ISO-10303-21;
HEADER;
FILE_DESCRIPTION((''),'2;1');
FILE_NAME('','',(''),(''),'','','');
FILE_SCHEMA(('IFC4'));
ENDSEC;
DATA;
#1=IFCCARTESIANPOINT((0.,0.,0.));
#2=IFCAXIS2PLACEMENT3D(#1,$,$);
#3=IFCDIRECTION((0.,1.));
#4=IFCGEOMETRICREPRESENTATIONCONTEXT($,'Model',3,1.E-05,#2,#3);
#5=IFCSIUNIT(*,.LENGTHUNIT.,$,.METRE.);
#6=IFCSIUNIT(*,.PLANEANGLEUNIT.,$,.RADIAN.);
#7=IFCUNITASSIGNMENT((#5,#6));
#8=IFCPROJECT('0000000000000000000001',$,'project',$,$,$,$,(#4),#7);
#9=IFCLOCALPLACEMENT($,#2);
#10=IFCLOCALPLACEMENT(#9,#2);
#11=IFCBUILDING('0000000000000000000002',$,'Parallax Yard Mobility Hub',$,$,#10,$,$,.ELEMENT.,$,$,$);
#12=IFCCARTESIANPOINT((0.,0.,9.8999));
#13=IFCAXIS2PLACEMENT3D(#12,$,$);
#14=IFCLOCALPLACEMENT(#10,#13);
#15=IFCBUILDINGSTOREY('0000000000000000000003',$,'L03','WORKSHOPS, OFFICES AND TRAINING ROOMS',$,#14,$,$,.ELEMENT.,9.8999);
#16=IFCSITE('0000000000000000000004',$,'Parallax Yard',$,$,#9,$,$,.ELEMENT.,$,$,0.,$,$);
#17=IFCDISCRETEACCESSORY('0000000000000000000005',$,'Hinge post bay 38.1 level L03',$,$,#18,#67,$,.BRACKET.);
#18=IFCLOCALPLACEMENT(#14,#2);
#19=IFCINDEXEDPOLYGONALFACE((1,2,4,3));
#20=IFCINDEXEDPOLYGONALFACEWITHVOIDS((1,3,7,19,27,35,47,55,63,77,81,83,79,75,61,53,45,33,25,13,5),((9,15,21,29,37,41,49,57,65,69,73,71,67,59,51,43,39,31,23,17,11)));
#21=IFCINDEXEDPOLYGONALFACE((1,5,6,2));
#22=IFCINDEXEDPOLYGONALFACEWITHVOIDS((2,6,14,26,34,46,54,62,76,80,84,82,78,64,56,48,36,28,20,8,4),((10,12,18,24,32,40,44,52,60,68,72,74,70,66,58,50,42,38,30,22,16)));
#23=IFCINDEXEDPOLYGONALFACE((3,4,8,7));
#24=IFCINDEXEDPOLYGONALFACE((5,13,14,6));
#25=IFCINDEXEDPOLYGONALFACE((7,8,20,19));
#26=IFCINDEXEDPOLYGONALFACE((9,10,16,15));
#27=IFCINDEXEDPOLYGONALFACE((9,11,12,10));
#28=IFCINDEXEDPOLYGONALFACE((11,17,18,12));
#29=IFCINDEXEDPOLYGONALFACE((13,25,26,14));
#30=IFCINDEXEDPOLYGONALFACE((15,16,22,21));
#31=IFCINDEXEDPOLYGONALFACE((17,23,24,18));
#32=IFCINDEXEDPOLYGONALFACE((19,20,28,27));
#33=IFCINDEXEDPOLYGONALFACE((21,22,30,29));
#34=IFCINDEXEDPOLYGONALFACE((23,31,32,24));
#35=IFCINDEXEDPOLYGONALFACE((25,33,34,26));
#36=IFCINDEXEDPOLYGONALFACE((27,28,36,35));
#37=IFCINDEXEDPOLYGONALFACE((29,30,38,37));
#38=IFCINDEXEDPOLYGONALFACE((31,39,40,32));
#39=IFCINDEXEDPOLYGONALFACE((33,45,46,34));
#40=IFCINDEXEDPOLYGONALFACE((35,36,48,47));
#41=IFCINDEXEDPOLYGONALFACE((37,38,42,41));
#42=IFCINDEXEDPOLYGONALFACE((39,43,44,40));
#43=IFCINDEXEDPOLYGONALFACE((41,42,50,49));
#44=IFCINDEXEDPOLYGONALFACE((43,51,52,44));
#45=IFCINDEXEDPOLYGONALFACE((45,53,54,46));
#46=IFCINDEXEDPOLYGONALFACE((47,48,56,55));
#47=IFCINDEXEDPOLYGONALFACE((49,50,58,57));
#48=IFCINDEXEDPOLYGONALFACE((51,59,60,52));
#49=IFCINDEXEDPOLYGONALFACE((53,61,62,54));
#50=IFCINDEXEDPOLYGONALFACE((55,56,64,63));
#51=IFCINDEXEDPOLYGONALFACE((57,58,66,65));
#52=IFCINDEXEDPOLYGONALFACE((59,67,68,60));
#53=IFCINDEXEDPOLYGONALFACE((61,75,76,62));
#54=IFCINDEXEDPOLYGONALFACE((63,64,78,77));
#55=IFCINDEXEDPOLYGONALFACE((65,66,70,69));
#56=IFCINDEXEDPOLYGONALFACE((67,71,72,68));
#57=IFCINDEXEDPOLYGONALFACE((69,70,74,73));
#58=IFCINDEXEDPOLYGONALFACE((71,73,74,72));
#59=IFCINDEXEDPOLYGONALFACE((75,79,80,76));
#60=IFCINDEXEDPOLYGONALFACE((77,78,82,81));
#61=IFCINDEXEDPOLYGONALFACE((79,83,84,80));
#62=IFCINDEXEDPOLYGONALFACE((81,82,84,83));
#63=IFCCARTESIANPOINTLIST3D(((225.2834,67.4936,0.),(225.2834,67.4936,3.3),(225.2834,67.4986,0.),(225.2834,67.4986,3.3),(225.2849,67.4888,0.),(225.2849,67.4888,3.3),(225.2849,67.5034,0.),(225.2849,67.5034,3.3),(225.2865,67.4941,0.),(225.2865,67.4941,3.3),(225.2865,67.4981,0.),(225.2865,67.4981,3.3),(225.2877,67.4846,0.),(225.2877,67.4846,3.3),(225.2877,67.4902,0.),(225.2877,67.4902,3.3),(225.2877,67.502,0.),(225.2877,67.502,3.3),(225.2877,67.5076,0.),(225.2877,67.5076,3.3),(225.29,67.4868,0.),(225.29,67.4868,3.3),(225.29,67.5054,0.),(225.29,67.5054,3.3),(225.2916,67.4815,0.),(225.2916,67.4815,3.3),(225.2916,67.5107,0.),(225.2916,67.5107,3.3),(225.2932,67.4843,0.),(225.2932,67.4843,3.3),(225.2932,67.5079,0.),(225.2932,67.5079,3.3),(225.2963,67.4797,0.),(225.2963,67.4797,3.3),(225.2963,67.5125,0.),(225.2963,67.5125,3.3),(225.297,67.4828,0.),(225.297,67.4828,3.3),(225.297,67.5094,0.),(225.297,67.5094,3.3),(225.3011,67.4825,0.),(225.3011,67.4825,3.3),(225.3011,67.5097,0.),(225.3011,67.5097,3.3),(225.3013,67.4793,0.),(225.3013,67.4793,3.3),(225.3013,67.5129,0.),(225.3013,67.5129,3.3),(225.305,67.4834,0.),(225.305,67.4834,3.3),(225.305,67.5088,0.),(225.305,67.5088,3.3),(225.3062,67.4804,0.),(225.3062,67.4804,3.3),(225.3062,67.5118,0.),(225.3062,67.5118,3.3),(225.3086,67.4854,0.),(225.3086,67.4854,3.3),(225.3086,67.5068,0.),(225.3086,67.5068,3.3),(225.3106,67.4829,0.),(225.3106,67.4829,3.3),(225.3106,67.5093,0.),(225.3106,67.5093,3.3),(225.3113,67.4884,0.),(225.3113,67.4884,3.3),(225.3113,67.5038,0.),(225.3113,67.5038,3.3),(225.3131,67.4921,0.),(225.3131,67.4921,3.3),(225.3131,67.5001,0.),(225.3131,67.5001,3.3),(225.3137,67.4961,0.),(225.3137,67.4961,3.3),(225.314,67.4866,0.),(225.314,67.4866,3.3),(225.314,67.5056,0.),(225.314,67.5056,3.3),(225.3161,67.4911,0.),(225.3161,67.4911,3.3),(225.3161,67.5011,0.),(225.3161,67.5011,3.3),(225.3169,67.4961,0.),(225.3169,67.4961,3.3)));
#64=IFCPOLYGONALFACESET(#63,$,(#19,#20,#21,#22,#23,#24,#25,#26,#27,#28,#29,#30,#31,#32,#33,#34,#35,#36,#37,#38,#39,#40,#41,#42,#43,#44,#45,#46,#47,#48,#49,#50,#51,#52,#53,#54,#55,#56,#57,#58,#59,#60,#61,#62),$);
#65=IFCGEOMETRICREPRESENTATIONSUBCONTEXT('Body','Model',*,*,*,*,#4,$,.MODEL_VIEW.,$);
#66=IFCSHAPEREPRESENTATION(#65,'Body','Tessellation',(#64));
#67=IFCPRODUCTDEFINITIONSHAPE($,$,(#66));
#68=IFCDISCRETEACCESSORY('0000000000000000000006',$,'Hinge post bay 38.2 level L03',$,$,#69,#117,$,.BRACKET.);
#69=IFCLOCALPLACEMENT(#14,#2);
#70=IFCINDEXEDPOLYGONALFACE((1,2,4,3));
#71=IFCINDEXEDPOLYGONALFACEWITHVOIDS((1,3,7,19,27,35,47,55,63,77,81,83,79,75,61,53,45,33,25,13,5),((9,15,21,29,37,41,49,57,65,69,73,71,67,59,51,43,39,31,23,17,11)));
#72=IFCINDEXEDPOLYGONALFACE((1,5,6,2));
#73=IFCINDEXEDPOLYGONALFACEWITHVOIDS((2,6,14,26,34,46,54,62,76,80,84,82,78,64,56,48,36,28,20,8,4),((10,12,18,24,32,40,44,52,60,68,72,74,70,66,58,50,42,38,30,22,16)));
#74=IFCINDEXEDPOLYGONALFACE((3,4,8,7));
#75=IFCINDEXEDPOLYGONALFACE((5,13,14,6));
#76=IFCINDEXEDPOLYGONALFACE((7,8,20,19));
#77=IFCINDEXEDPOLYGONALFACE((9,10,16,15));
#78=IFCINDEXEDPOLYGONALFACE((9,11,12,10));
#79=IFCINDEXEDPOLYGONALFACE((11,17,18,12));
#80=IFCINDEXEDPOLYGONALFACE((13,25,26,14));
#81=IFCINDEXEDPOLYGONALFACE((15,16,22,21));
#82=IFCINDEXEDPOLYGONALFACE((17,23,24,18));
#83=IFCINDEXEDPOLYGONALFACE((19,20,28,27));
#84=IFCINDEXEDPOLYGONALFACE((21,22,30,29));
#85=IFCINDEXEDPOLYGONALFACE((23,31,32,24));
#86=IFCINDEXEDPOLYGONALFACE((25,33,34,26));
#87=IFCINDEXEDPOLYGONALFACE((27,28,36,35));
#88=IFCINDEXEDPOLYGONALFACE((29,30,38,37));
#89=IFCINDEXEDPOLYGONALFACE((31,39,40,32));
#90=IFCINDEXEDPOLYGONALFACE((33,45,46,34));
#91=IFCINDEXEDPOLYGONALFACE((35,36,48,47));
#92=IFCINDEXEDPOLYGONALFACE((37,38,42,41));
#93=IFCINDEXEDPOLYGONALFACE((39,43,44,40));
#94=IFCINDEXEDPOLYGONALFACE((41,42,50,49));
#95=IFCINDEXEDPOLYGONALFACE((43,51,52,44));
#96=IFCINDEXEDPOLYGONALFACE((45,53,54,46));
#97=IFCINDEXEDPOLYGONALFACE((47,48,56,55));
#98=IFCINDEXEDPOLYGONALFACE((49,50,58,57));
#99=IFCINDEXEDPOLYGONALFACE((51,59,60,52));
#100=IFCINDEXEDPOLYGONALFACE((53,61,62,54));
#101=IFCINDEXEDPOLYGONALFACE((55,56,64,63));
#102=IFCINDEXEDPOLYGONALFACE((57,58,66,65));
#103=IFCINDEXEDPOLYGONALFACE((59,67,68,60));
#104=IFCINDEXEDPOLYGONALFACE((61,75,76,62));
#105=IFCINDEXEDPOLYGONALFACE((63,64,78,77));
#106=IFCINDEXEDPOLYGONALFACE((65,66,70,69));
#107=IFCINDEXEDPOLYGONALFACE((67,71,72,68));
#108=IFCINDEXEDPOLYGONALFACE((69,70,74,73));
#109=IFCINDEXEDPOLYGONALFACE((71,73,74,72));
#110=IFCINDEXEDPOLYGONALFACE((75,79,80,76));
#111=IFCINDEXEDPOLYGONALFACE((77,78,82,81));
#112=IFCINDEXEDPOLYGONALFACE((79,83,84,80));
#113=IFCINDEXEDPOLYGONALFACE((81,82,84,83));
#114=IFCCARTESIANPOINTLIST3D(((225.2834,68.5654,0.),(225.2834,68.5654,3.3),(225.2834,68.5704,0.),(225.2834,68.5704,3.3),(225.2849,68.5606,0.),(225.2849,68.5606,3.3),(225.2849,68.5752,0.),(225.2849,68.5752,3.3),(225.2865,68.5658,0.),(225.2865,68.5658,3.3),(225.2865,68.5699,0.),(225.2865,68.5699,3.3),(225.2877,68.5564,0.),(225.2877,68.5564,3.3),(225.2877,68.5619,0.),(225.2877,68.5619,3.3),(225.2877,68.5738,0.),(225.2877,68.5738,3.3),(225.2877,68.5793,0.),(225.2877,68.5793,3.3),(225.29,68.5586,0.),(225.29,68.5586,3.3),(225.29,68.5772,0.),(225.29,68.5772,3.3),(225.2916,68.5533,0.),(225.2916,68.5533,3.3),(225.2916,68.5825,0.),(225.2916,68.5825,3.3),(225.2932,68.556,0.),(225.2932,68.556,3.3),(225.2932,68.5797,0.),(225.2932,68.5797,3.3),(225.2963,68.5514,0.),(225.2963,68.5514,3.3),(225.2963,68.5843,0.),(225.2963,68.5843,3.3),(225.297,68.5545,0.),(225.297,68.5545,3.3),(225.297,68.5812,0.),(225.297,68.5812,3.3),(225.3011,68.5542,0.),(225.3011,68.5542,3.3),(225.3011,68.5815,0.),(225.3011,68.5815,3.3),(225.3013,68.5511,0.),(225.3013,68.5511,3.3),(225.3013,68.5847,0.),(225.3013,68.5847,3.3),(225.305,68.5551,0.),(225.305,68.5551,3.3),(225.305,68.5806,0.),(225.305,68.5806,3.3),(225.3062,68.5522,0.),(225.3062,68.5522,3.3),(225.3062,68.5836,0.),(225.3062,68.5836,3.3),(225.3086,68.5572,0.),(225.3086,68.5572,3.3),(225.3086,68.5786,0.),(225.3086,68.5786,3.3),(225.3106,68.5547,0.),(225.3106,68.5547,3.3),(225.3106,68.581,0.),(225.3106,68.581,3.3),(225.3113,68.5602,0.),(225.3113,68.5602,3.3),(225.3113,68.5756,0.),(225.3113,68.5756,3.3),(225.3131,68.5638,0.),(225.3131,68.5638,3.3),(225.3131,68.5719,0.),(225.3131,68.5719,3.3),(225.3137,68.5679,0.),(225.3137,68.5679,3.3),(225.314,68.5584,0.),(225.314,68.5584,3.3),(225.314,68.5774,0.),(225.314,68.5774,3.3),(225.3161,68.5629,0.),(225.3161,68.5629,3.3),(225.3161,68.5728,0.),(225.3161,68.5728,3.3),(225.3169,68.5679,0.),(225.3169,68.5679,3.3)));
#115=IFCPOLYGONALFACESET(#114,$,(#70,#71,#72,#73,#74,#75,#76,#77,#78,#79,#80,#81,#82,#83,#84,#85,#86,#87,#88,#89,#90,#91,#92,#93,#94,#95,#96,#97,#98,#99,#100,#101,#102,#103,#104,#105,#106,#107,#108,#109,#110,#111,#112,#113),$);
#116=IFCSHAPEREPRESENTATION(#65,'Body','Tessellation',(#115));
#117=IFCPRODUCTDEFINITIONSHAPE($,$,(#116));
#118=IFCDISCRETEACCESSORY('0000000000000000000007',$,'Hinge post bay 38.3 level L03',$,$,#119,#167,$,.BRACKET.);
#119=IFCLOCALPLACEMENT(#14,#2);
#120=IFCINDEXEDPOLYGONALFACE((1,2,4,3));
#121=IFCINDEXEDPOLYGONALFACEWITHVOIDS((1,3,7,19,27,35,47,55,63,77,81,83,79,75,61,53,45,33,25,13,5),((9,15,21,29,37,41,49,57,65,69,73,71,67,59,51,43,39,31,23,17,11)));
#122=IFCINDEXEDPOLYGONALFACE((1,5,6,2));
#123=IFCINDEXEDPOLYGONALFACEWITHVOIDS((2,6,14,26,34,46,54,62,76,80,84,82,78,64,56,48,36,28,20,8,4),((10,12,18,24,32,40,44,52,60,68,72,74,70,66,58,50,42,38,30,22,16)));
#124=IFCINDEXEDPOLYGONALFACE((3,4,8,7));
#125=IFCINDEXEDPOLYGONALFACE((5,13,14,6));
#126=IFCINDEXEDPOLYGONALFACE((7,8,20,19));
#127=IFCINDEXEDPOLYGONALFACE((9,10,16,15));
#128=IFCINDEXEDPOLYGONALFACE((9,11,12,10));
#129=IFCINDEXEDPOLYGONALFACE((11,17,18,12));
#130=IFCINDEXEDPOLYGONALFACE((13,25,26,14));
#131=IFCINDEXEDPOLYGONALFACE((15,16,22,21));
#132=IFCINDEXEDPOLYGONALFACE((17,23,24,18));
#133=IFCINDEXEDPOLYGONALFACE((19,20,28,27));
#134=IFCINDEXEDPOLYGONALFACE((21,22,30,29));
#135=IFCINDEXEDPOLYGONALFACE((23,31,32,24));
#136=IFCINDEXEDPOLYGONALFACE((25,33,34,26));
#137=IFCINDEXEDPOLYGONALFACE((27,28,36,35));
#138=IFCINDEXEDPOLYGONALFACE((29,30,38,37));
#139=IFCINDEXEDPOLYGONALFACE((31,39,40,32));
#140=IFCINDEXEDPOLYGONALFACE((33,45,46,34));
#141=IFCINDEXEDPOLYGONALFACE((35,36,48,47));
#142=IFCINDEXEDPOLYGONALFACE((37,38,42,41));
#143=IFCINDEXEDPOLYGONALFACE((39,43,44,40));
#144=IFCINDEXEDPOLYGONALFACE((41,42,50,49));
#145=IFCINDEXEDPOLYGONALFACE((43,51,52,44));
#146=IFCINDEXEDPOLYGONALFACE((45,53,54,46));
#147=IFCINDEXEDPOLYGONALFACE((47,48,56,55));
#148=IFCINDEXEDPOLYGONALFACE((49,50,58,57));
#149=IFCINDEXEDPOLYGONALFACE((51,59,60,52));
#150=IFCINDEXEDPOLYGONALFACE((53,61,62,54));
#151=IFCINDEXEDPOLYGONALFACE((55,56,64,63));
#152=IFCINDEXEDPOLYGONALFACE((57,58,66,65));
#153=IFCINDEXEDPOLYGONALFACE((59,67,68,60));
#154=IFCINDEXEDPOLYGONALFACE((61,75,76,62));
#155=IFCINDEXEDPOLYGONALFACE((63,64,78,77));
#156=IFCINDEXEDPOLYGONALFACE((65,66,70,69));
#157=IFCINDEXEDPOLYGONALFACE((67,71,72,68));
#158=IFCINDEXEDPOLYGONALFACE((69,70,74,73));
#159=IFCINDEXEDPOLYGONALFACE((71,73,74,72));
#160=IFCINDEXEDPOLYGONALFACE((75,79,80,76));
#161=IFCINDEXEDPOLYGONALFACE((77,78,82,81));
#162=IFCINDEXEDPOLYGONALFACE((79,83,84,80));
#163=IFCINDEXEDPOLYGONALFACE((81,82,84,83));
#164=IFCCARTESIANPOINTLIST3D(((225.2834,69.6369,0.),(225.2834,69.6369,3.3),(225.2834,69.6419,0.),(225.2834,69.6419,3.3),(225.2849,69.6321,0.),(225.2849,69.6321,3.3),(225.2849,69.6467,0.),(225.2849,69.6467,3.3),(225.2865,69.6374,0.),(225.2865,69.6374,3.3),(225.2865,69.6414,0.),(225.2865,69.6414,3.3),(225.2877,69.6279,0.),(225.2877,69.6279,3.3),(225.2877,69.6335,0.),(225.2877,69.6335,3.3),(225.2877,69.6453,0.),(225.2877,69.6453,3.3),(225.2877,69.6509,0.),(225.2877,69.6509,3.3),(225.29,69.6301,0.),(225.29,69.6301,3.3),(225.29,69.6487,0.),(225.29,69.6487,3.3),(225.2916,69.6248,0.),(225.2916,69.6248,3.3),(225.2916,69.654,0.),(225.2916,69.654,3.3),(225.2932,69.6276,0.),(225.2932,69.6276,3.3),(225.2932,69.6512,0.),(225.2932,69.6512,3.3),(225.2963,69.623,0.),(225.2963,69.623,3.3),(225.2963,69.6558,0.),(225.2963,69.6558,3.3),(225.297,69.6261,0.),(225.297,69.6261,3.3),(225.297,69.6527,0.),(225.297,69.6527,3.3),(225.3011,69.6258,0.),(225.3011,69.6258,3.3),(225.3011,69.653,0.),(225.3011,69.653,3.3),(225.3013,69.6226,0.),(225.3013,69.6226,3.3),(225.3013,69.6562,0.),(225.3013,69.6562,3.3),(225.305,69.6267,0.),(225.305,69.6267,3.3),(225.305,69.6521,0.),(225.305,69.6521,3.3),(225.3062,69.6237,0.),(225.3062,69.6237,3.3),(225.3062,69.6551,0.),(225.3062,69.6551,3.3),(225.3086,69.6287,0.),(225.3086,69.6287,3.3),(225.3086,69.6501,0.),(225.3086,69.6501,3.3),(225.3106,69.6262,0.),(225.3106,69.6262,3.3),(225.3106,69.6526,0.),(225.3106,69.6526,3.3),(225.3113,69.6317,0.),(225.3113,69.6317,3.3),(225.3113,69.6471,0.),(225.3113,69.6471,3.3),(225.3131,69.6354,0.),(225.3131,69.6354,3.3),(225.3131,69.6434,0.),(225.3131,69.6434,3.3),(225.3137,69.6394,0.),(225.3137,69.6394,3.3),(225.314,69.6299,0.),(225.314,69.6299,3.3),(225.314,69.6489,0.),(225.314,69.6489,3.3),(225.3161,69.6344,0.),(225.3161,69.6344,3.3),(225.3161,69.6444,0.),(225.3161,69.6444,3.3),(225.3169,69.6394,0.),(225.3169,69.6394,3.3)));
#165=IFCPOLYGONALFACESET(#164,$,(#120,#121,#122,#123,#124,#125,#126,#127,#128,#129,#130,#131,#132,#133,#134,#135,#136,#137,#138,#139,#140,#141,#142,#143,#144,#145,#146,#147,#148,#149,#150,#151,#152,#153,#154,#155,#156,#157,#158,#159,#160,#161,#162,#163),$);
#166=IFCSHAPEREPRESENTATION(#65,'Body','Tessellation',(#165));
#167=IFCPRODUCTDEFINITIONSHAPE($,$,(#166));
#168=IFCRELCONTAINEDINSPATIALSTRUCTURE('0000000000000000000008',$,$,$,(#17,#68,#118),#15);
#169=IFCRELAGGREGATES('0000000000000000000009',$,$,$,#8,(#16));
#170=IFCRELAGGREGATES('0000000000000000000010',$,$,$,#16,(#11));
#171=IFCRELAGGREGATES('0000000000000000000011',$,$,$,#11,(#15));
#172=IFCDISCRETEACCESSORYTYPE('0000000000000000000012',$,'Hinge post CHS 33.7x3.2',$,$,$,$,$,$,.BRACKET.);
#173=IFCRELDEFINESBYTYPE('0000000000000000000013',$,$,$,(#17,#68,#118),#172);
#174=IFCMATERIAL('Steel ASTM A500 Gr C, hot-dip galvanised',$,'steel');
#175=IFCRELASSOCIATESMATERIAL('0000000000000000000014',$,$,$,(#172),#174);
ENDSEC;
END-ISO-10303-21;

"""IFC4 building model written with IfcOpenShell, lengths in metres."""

from ifc_helpers import new_model, si_unit, direction, frame, origin, origin_2d, place, context, subcontext, project, spatial, hollow_circle, extrude, material, material_profile, profile_set, type_object, element, save


model = new_model("IFC4")

# Units and contexts
model_context = context("Model", 3, precision=1e-05, world=origin(), true_north=direction((0.0, 1.0)))
body_context = subcontext(model_context, "Body", "Model", "MODEL_VIEW")
ifc_project = project(units=[si_unit("LENGTHUNIT", "METRE"), si_unit("PLANEANGLEUNIT", "RADIAN")], contexts=[model_context])

# Site, building, storey
site_placement = place(None, origin())
site = spatial("IfcSite", under=ifc_project, at=site_placement, Name="Parallax Yard", CompositionType="ELEMENT", RefElevation=0.0)
building_placement = place(site_placement, origin())
building = spatial("IfcBuilding", under=site, at=building_placement, Name="Parallax Yard Mobility Hub", CompositionType="ELEMENT")
storey_placement = place(building_placement, frame((0.0, 0.0, 9.8999)))
storey = spatial("IfcBuildingStorey", under=building, at=storey_placement, Name="L03", Description="WORKSHOPS, OFFICES AND TRAINING ROOMS", CompositionType="ELEMENT", Elevation=9.8999)

# Discrete accessories
ifc_material_1 = material(Name="Steel ASTM A500 Gr C, hot-dip galvanised", Category="steel")
ifc_material_profile_1 = material_profile(ifc_material_1, hollow_circle(Radius=0.0168, WallThickness=0.0032, at=origin_2d()), Name="CHS 33.7x3.2")
ifc_profile_set_1 = profile_set([ifc_material_profile_1], Name="Steel ASTM A500 Gr C, hot-dip galvanised")
discrete_accessory_type_1 = type_object("IfcDiscreteAccessoryType", Name="Hinge post CHS 33.7x3.2", PredefinedType="BRACKET", material=ifc_profile_set_1)
for number, where, z_axis, x_axis, name in (
    (1, (225.3, 67.4961, 0.0), (0.0, 0.0, 1.0), (1.0, 0.0, 0.0), "Hinge post bay 38.1 level L03"),
    (2, (225.3, 68.5679, 0.0), (0.0, 0.0, 1.0), (1.0, 0.0, 0.0), "Hinge post bay 38.2 level L03"),
    (3, (225.3, 69.6394, 0.0), (0.0, 0.0, 1.0), (1.0, 0.0, 0.0), "Hinge post bay 38.3 level L03"),
):
    element("IfcDiscreteAccessory", number, at=place(storey_placement, frame(where, z_axis=z_axis, x_axis=x_axis)), inside=storey, type_object=discrete_accessory_type_1, Name=name, PredefinedType="BRACKET", context=body_context, shape_type="SweptSolid", body=[
        extrude(hollow_circle(Radius=0.0168, WallThickness=0.0032, at=origin_2d()), origin(), (0.0, 0.0, 1.0), 3.3),
    ])

save(model, "model.ifc")
